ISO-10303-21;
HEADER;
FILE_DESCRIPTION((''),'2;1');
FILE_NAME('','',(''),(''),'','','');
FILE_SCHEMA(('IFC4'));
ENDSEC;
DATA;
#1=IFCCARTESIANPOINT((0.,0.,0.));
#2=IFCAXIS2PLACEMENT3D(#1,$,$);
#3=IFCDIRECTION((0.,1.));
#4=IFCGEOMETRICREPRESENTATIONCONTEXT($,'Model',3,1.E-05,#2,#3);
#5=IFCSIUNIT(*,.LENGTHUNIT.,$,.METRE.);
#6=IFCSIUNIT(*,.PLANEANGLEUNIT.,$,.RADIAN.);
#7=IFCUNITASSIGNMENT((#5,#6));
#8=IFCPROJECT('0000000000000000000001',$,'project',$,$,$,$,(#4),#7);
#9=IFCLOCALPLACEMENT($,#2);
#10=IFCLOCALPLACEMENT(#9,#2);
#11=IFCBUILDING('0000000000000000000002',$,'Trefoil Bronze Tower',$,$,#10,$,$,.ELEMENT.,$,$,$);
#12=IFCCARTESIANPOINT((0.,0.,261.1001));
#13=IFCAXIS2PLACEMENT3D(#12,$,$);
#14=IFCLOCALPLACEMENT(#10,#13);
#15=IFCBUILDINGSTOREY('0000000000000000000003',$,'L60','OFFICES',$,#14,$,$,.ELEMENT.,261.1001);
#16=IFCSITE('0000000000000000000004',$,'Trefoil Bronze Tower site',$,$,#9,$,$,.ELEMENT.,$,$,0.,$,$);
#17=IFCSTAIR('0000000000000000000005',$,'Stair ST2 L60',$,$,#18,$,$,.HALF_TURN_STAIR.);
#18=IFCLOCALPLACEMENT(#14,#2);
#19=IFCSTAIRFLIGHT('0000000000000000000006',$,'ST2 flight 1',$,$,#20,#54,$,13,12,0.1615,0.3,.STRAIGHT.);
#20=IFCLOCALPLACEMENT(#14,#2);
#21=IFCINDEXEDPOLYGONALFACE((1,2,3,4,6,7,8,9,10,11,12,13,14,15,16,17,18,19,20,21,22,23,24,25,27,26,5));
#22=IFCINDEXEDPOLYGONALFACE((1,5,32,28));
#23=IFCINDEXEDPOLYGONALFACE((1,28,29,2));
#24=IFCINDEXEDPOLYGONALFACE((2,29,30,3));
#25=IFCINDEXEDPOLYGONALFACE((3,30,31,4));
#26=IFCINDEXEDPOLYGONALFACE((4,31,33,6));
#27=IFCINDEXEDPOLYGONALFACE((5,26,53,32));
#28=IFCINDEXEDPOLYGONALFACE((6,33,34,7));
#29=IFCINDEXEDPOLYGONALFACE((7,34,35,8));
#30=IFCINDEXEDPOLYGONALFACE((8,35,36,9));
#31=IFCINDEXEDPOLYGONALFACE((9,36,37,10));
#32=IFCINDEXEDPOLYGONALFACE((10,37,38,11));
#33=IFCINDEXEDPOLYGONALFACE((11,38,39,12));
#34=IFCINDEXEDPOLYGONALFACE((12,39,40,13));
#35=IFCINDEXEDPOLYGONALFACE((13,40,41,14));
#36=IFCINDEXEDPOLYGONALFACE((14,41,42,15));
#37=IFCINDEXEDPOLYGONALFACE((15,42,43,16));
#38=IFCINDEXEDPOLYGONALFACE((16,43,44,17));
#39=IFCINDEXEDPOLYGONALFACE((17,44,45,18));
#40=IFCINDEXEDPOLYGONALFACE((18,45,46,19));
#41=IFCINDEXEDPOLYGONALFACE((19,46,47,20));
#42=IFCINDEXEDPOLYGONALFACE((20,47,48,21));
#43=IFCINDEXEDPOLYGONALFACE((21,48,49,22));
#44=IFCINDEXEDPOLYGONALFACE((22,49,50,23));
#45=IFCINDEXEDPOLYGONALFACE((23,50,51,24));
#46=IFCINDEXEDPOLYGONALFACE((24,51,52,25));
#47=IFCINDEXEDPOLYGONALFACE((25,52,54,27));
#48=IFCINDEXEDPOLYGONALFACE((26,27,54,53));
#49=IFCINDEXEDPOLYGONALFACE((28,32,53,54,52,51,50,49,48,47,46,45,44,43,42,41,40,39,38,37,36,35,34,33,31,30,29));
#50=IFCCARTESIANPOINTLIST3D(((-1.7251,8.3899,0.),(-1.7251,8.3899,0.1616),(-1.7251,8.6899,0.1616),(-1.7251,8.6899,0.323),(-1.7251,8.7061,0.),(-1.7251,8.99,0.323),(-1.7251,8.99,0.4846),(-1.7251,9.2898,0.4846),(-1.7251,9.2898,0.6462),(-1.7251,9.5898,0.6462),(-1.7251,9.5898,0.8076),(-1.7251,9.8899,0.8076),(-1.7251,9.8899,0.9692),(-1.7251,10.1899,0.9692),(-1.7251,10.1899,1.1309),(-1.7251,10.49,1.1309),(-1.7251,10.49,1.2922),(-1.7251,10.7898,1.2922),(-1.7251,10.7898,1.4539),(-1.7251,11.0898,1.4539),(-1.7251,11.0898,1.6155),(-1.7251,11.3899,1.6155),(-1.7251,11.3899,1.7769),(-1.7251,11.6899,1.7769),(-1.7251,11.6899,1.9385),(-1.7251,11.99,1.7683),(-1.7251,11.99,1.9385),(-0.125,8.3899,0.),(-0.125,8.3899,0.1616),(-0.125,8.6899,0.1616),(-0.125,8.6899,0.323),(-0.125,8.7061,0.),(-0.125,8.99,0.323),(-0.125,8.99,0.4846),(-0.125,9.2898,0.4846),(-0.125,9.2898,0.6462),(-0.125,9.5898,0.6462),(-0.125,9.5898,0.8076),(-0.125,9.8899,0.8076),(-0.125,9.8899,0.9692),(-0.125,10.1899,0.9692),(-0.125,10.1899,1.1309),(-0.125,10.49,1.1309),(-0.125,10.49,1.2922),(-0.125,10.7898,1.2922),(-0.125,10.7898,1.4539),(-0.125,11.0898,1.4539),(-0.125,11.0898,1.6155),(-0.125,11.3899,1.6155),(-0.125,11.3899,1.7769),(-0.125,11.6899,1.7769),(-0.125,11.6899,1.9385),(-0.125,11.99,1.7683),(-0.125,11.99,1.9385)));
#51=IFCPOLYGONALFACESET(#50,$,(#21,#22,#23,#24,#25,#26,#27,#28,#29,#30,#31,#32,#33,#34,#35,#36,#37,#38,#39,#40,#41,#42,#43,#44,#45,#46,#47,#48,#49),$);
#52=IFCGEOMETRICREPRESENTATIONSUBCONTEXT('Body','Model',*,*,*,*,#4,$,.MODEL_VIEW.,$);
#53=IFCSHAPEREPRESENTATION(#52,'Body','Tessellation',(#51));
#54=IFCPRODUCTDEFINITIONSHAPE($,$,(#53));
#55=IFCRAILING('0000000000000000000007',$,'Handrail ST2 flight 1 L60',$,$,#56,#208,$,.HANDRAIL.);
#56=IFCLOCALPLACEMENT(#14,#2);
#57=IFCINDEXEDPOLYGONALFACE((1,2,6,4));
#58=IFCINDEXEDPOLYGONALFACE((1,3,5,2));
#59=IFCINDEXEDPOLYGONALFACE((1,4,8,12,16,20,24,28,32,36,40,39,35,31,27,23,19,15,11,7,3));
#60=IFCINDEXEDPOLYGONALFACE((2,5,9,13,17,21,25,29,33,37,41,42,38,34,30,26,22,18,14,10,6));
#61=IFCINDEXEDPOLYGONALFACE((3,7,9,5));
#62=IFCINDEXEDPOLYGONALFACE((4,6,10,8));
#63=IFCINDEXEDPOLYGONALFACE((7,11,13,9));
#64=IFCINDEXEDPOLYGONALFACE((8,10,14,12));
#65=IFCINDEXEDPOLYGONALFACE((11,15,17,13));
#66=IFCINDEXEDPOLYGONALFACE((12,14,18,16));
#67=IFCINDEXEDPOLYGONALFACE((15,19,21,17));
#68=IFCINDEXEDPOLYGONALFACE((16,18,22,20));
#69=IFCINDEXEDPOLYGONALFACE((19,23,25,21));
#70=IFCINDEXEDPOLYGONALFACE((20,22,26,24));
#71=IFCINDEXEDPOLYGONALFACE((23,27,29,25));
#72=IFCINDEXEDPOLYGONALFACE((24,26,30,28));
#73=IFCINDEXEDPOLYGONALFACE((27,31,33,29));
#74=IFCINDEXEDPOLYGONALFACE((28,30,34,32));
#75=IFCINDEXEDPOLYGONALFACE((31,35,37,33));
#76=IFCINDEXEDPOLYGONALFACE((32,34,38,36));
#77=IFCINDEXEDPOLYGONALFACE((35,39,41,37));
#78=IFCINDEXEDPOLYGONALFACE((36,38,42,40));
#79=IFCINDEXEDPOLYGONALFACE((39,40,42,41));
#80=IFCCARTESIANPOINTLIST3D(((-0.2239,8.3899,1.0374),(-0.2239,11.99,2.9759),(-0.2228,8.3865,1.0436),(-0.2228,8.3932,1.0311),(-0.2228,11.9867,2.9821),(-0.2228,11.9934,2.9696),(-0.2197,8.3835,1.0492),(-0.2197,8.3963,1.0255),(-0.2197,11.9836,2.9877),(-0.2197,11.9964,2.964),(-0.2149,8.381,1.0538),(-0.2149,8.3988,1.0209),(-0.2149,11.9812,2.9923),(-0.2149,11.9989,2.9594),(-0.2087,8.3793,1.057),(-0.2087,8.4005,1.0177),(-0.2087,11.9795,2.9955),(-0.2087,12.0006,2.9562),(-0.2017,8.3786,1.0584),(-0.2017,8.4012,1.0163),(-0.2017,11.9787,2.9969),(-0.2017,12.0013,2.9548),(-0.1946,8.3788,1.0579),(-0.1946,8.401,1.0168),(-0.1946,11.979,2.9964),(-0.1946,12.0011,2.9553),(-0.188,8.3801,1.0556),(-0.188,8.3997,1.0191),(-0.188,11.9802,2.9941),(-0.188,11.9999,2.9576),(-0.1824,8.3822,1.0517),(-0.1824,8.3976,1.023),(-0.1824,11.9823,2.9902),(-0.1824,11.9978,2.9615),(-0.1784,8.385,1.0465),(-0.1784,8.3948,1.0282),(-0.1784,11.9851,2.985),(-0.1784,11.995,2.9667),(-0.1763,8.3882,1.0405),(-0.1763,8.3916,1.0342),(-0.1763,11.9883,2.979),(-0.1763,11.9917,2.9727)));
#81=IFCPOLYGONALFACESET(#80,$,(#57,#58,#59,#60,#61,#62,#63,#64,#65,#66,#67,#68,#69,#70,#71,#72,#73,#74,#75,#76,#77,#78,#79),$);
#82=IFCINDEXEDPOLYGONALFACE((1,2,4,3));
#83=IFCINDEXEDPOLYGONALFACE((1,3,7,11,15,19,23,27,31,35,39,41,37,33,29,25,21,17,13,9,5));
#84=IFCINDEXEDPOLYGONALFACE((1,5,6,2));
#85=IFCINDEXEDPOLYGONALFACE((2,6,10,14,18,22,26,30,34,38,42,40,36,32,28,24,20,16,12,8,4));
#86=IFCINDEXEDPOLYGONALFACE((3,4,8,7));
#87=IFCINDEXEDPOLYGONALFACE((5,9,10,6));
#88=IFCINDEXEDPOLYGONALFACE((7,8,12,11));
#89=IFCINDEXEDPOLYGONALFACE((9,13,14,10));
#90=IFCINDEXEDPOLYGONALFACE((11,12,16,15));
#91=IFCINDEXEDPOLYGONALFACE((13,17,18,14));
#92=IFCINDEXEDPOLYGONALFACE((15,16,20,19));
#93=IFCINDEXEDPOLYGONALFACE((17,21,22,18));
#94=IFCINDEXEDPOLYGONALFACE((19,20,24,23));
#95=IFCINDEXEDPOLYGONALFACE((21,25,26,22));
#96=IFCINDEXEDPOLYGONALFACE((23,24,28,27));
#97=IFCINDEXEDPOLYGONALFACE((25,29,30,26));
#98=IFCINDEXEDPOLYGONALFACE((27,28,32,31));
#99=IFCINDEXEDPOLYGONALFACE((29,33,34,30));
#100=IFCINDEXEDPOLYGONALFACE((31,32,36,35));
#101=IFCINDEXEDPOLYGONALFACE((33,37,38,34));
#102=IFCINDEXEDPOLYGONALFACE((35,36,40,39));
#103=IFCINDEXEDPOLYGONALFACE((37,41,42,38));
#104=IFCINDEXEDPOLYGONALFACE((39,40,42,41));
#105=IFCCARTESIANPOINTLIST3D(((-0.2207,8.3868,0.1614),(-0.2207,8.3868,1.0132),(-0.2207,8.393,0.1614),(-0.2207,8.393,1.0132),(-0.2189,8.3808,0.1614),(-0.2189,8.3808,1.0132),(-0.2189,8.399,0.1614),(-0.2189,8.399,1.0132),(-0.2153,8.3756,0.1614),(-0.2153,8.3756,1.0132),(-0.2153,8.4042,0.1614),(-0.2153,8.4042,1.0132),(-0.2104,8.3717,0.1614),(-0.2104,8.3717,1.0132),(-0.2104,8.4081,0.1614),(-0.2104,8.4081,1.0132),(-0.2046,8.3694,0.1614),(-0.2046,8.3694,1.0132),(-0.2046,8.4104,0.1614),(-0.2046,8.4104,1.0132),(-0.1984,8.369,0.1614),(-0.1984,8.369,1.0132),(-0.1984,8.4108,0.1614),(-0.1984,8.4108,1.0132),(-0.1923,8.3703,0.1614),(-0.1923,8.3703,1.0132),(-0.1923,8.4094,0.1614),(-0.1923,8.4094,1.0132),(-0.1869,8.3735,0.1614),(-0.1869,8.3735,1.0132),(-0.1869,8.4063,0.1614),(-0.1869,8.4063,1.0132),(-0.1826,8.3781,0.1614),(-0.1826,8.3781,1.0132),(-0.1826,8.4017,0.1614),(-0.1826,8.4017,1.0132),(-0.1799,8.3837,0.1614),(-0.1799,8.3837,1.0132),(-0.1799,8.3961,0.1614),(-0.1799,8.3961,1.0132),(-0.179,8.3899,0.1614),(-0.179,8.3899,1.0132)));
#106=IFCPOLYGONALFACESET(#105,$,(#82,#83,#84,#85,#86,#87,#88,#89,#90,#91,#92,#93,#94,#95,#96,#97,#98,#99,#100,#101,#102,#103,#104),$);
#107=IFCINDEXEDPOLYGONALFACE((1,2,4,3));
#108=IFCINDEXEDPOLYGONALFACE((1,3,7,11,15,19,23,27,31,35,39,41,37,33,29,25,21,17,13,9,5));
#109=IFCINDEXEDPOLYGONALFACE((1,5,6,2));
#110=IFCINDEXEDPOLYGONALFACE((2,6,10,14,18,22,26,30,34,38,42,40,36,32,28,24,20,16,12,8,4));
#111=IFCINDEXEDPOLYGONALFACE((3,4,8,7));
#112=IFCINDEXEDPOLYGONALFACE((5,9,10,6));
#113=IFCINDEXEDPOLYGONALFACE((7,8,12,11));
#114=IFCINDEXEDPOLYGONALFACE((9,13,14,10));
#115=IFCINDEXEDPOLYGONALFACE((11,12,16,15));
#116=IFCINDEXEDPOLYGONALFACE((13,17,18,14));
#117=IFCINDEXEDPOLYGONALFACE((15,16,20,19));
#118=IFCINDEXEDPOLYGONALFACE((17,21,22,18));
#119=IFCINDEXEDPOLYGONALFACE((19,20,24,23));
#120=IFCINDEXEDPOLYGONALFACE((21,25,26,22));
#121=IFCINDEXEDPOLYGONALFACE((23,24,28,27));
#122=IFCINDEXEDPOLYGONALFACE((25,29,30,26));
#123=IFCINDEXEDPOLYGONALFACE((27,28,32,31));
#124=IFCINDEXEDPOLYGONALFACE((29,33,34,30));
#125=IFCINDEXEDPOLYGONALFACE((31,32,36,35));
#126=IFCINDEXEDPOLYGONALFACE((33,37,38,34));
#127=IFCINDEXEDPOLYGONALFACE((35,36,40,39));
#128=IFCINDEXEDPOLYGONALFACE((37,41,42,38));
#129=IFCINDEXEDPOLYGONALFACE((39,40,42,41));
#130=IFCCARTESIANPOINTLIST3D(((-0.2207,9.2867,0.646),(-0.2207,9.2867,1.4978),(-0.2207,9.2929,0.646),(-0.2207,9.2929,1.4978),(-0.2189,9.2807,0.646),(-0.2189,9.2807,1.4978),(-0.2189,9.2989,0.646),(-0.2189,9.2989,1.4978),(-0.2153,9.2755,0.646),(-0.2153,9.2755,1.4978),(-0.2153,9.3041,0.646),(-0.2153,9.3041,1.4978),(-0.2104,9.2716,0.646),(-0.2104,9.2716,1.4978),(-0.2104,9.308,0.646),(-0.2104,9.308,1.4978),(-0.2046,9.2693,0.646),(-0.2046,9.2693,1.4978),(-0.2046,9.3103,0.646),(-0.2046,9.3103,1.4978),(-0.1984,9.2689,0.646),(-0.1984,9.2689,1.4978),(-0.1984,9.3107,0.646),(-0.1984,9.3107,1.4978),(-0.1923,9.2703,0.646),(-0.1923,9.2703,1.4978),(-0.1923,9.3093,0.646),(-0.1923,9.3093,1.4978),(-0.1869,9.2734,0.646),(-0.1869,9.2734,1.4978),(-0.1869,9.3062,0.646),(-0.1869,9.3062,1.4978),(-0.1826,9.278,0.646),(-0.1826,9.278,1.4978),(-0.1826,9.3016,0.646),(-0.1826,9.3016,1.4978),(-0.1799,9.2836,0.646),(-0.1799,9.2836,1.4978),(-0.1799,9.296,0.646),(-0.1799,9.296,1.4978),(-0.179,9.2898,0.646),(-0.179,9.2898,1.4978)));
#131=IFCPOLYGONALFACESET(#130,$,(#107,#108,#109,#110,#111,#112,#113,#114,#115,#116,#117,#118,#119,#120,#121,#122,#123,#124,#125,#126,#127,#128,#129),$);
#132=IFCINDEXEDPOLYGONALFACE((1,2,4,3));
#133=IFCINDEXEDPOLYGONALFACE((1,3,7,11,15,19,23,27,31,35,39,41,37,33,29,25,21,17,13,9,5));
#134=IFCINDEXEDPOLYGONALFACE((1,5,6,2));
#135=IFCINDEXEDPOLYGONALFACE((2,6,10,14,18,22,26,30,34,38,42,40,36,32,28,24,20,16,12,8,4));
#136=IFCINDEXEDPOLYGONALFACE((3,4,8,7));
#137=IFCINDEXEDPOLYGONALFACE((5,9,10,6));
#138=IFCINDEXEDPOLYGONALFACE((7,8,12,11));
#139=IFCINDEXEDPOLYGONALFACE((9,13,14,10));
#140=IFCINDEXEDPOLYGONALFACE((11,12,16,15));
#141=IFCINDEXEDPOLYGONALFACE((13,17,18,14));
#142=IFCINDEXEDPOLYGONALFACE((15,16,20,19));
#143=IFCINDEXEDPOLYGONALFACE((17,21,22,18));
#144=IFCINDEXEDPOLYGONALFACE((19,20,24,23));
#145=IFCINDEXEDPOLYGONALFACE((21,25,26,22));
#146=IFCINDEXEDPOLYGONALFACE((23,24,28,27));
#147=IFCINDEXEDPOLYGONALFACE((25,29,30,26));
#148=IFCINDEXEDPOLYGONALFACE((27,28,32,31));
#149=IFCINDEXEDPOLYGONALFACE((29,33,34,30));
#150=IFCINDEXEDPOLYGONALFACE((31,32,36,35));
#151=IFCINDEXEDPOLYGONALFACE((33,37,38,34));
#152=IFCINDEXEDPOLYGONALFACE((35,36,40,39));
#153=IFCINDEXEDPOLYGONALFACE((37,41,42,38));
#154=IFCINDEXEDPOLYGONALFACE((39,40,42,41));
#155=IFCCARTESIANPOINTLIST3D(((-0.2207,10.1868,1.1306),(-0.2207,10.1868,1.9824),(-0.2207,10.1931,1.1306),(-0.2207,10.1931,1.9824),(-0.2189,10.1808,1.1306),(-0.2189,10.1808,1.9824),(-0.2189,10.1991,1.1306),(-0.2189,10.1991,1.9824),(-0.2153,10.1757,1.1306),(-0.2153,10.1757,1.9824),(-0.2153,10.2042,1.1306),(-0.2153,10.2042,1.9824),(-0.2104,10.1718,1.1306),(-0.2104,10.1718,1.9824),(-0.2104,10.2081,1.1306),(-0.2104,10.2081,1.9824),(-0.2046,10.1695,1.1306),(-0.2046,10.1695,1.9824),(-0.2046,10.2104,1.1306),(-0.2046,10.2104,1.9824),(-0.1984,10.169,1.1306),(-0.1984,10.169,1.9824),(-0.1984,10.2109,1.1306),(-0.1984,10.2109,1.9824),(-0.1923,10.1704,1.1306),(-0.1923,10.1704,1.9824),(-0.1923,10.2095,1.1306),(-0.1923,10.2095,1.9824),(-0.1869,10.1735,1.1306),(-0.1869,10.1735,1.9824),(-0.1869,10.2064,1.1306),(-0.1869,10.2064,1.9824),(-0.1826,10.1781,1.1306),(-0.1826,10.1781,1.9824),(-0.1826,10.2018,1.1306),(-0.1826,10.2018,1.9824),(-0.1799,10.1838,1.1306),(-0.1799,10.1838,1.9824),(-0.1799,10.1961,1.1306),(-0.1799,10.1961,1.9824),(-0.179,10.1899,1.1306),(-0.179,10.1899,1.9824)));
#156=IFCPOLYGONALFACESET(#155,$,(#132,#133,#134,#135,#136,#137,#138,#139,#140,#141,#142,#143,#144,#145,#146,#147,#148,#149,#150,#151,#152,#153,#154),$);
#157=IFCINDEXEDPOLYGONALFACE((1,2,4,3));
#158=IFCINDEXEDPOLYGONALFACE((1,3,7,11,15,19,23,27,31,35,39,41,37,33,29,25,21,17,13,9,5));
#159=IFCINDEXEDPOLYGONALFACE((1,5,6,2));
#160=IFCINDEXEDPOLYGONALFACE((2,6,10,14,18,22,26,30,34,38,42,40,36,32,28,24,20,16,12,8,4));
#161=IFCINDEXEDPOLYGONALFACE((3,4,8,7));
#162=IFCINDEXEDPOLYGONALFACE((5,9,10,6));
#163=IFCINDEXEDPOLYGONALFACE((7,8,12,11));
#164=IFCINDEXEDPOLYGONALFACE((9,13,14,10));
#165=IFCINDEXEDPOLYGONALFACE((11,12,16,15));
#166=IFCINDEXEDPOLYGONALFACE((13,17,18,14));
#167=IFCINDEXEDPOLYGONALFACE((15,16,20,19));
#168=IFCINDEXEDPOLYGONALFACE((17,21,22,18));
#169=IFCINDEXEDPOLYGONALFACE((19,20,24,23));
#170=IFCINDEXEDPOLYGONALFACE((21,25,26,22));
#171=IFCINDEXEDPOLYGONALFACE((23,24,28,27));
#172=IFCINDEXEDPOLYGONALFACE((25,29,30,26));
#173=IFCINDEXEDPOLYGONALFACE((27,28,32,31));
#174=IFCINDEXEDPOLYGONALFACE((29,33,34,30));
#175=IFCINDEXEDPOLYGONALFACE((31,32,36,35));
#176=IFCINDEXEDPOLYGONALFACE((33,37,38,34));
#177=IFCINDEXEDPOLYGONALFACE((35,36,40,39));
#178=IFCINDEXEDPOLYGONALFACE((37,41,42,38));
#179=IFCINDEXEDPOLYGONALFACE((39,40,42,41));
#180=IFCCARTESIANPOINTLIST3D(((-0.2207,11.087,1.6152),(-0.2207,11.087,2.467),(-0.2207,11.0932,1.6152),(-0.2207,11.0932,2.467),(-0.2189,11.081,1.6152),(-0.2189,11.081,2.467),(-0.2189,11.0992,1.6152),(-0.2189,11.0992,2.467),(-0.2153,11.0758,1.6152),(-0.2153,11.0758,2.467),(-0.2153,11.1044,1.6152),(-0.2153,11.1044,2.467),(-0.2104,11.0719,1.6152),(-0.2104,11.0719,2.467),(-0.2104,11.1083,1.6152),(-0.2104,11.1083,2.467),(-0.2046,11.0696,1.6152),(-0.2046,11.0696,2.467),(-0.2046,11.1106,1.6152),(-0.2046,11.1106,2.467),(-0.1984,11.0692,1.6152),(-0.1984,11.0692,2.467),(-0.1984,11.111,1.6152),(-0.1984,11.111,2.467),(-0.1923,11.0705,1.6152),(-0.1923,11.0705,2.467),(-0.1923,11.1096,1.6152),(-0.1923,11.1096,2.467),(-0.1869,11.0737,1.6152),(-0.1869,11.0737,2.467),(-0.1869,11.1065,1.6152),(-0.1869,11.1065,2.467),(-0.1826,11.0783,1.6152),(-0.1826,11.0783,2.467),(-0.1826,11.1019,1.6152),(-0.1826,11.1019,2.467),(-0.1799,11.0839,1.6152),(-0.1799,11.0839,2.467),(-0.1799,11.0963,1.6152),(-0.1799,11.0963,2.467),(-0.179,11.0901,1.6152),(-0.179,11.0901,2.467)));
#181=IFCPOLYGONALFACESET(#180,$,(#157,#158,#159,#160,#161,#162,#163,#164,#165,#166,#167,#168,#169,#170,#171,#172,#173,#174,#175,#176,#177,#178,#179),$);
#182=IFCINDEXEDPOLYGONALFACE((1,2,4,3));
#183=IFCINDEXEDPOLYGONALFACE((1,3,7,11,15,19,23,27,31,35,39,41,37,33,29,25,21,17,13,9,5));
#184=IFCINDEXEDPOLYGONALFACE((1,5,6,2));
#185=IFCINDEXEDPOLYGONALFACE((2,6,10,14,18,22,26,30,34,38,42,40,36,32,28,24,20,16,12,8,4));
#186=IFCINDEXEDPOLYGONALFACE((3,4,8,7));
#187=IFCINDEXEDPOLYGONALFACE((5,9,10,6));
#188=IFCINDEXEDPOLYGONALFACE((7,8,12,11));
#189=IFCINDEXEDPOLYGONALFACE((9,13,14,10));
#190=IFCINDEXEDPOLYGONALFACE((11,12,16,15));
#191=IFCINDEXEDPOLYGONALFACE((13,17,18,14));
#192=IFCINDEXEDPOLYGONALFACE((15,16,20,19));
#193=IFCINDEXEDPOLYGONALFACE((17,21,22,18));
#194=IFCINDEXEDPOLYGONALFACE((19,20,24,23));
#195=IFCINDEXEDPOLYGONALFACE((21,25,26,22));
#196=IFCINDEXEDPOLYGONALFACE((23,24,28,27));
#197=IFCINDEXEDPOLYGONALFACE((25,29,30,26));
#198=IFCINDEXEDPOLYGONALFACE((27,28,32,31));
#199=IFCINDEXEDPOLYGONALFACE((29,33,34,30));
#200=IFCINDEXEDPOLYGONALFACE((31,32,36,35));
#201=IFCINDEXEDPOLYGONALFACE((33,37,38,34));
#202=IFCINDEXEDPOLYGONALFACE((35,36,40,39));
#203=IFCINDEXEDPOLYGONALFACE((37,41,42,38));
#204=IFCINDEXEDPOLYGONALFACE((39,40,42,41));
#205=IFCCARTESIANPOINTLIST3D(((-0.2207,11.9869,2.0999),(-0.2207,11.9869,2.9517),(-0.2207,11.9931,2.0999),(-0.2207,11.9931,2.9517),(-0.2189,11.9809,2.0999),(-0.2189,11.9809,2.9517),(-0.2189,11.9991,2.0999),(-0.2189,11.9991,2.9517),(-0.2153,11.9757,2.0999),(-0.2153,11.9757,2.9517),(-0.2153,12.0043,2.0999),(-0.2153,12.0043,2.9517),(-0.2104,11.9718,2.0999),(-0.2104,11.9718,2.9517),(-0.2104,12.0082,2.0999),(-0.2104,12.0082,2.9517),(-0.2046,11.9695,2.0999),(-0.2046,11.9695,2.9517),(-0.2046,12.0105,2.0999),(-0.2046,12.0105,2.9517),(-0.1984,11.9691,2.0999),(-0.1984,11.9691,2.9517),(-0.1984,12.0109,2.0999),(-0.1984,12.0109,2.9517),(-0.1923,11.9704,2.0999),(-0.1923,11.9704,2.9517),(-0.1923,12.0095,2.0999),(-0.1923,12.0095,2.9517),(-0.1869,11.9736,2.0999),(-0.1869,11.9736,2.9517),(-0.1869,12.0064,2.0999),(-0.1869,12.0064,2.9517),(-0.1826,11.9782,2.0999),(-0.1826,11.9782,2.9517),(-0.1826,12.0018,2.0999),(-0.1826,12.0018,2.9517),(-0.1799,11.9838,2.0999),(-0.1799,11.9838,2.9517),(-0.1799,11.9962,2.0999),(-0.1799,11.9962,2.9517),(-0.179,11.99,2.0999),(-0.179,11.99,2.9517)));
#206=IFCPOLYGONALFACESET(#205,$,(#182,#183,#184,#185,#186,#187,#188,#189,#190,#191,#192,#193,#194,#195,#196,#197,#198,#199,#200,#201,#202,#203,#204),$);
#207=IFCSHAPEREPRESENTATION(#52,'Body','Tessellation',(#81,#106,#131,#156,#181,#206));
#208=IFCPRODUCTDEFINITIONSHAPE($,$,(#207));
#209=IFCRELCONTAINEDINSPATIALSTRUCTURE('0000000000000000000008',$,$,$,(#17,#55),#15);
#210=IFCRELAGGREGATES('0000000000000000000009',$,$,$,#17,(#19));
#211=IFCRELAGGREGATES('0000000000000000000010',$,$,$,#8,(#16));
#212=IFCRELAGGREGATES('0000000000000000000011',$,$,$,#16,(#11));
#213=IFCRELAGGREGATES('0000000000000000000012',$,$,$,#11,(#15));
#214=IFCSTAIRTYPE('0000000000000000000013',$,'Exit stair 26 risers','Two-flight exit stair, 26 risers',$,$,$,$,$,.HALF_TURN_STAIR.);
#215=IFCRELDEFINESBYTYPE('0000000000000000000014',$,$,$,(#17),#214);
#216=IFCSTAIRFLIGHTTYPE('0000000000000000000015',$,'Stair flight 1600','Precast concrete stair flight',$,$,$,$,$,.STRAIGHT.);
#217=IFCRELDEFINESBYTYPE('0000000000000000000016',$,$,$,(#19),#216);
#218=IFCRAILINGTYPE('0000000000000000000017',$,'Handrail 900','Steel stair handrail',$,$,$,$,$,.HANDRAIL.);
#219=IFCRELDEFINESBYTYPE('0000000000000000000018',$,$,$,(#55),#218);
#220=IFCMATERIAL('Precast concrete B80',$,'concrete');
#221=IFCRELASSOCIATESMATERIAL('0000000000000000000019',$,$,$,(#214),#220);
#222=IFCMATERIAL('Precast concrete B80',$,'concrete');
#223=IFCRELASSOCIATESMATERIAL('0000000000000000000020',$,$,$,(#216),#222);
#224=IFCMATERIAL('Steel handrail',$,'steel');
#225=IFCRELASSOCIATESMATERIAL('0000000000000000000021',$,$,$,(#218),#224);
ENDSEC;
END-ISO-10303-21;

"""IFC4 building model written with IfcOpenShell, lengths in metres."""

from ifc_helpers import new_model, si_unit, direction, frame, origin, origin_2d, place, context, subcontext, project, spatial, polyline, circle, outline, extrude, material, type_object, element, aggregate, save


model = new_model("IFC4")

# Units and contexts
model_context = context("Model", 3, precision=1e-05, world=origin(), true_north=direction((0.0, 1.0)))
body_context = subcontext(model_context, "Body", "Model", "MODEL_VIEW")
ifc_project = project(units=[si_unit("LENGTHUNIT", "METRE"), si_unit("PLANEANGLEUNIT", "RADIAN")], contexts=[model_context])

# Site, building, storey
site_placement = place(None, origin())
site = spatial("IfcSite", under=ifc_project, at=site_placement, Name="Trefoil Bronze Tower site", CompositionType="ELEMENT", RefElevation=0.0)
building_placement = place(site_placement, origin())
building = spatial("IfcBuilding", under=site, at=building_placement, Name="Trefoil Bronze Tower", CompositionType="ELEMENT")
storey_placement = place(building_placement, frame((0.0, 0.0, 261.1001)))
storey = spatial("IfcBuildingStorey", under=building, at=storey_placement, Name="L60", Description="OFFICES", CompositionType="ELEMENT", Elevation=261.1001)

# Stair, stair flight
ifc_material_1 = material(Name="Precast concrete B80", Category="concrete")
stair_type = type_object("IfcStairType", Name="Exit stair 26 risers", Description="Two-flight exit stair, 26 risers", PredefinedType="HALF_TURN_STAIR", material=ifc_material_1)
stair_placement = place(storey_placement, origin())
stair = element("IfcStair", 1, at=stair_placement, inside=storey, type_object=stair_type, Name="Stair ST2 L60", PredefinedType="HALF_TURN_STAIR")
ifc_material_2 = material(Name="Precast concrete B80", Category="concrete")
stair_flight_type = type_object("IfcStairFlightType", Name="Stair flight 1600", Description="Precast concrete stair flight", PredefinedType="STRAIGHT", material=ifc_material_2)
stair_flight_placement = place(storey_placement, frame((-0.925, 8.3899, 0.0), z_axis=(0.0, 0.0, 1.0), x_axis=(0.0, 1.0, 0.0)))
stair_flight = element("IfcStairFlight", 2, at=stair_flight_placement, type_object=stair_flight_type, Name="ST2 flight 1", NumberOfRisers=13, NumberOfTreads=12, PredefinedType="STRAIGHT", RiserHeight=0.1615, TreadLength=0.3, context=body_context, shape_type="SweptSolid", body=[
    extrude(outline(polyline([(0.0, 0.0), (0.0, 0.1616), (0.3, 0.1616), (0.3, 0.323), (0.6001, 0.323), (0.6001, 0.4846), (0.8999, 0.4846), (0.8999, 0.6462), (1.2, 0.6462), (1.2, 0.8076), (1.5, 0.8076), (1.5, 0.9692), (1.8, 0.9692), (1.8, 1.1309), (2.1001, 1.1309), (2.1001, 1.2922), (2.3999, 1.2922), (2.3999, 1.4539), (2.7, 1.4539), (2.7, 1.6155), (3.0, 1.6155), (3.0, 1.7769), (3.3, 1.7769), (3.3, 1.9385), (3.6001, 1.9385), (3.6001, 2.1001), (3.6001, 1.7683), (0.3162, 0.0), (0.0, 0.0)])), frame((0.0, 0.8, 0.0), z_axis=(0.0, -1.0, 0.0), x_axis=(1.0, 0.0, 0.0)), (0.0, 0.0, 1.0), 1.6001),
])
aggregate(stair, [stair_flight])

# Railing
ifc_material_3 = material(Name="Steel handrail", Category="steel")
railing_type = type_object("IfcRailingType", Name="Handrail 900", Description="Steel stair handrail", PredefinedType="HANDRAIL", material=ifc_material_3)
railing_placement = place(storey_placement, frame((-0.2, 8.3899, 0.1614)))
element("IfcRailing", 3, at=railing_placement, inside=storey, type_object=railing_type, Name="Handrail ST2 flight 1 L60", PredefinedType="HANDRAIL", context=body_context, shape_type="SweptSolid", body=[
    extrude(circle(Radius=0.0239, at=origin_2d()), frame((0.0, 0.0, 0.876), z_axis=(0.0, 0.880475, 0.474093), x_axis=(-1.0, 0.0, 0.0)), (0.0, 0.0, 1.0), 4.0889),
    extrude(circle(Radius=0.021, at=origin_2d()), origin(), (0.0, 0.0, 1.0), 0.8518),
    extrude(circle(Radius=0.021, at=origin_2d()), frame((0.0, 0.8999, 0.4846)), (0.0, 0.0, 1.0), 0.8518),
    extrude(circle(Radius=0.021, at=origin_2d()), frame((0.0, 1.8, 0.9692)), (0.0, 0.0, 1.0), 0.8518),
    extrude(circle(Radius=0.021, at=origin_2d()), frame((0.0, 2.7002, 1.4539)), (0.0, 0.0, 1.0), 0.8518),
    extrude(circle(Radius=0.021, at=origin_2d()), frame((0.0, 3.6001, 1.9385)), (0.0, 0.0, 1.0), 0.8518),
])

save(model, "model.ifc")
